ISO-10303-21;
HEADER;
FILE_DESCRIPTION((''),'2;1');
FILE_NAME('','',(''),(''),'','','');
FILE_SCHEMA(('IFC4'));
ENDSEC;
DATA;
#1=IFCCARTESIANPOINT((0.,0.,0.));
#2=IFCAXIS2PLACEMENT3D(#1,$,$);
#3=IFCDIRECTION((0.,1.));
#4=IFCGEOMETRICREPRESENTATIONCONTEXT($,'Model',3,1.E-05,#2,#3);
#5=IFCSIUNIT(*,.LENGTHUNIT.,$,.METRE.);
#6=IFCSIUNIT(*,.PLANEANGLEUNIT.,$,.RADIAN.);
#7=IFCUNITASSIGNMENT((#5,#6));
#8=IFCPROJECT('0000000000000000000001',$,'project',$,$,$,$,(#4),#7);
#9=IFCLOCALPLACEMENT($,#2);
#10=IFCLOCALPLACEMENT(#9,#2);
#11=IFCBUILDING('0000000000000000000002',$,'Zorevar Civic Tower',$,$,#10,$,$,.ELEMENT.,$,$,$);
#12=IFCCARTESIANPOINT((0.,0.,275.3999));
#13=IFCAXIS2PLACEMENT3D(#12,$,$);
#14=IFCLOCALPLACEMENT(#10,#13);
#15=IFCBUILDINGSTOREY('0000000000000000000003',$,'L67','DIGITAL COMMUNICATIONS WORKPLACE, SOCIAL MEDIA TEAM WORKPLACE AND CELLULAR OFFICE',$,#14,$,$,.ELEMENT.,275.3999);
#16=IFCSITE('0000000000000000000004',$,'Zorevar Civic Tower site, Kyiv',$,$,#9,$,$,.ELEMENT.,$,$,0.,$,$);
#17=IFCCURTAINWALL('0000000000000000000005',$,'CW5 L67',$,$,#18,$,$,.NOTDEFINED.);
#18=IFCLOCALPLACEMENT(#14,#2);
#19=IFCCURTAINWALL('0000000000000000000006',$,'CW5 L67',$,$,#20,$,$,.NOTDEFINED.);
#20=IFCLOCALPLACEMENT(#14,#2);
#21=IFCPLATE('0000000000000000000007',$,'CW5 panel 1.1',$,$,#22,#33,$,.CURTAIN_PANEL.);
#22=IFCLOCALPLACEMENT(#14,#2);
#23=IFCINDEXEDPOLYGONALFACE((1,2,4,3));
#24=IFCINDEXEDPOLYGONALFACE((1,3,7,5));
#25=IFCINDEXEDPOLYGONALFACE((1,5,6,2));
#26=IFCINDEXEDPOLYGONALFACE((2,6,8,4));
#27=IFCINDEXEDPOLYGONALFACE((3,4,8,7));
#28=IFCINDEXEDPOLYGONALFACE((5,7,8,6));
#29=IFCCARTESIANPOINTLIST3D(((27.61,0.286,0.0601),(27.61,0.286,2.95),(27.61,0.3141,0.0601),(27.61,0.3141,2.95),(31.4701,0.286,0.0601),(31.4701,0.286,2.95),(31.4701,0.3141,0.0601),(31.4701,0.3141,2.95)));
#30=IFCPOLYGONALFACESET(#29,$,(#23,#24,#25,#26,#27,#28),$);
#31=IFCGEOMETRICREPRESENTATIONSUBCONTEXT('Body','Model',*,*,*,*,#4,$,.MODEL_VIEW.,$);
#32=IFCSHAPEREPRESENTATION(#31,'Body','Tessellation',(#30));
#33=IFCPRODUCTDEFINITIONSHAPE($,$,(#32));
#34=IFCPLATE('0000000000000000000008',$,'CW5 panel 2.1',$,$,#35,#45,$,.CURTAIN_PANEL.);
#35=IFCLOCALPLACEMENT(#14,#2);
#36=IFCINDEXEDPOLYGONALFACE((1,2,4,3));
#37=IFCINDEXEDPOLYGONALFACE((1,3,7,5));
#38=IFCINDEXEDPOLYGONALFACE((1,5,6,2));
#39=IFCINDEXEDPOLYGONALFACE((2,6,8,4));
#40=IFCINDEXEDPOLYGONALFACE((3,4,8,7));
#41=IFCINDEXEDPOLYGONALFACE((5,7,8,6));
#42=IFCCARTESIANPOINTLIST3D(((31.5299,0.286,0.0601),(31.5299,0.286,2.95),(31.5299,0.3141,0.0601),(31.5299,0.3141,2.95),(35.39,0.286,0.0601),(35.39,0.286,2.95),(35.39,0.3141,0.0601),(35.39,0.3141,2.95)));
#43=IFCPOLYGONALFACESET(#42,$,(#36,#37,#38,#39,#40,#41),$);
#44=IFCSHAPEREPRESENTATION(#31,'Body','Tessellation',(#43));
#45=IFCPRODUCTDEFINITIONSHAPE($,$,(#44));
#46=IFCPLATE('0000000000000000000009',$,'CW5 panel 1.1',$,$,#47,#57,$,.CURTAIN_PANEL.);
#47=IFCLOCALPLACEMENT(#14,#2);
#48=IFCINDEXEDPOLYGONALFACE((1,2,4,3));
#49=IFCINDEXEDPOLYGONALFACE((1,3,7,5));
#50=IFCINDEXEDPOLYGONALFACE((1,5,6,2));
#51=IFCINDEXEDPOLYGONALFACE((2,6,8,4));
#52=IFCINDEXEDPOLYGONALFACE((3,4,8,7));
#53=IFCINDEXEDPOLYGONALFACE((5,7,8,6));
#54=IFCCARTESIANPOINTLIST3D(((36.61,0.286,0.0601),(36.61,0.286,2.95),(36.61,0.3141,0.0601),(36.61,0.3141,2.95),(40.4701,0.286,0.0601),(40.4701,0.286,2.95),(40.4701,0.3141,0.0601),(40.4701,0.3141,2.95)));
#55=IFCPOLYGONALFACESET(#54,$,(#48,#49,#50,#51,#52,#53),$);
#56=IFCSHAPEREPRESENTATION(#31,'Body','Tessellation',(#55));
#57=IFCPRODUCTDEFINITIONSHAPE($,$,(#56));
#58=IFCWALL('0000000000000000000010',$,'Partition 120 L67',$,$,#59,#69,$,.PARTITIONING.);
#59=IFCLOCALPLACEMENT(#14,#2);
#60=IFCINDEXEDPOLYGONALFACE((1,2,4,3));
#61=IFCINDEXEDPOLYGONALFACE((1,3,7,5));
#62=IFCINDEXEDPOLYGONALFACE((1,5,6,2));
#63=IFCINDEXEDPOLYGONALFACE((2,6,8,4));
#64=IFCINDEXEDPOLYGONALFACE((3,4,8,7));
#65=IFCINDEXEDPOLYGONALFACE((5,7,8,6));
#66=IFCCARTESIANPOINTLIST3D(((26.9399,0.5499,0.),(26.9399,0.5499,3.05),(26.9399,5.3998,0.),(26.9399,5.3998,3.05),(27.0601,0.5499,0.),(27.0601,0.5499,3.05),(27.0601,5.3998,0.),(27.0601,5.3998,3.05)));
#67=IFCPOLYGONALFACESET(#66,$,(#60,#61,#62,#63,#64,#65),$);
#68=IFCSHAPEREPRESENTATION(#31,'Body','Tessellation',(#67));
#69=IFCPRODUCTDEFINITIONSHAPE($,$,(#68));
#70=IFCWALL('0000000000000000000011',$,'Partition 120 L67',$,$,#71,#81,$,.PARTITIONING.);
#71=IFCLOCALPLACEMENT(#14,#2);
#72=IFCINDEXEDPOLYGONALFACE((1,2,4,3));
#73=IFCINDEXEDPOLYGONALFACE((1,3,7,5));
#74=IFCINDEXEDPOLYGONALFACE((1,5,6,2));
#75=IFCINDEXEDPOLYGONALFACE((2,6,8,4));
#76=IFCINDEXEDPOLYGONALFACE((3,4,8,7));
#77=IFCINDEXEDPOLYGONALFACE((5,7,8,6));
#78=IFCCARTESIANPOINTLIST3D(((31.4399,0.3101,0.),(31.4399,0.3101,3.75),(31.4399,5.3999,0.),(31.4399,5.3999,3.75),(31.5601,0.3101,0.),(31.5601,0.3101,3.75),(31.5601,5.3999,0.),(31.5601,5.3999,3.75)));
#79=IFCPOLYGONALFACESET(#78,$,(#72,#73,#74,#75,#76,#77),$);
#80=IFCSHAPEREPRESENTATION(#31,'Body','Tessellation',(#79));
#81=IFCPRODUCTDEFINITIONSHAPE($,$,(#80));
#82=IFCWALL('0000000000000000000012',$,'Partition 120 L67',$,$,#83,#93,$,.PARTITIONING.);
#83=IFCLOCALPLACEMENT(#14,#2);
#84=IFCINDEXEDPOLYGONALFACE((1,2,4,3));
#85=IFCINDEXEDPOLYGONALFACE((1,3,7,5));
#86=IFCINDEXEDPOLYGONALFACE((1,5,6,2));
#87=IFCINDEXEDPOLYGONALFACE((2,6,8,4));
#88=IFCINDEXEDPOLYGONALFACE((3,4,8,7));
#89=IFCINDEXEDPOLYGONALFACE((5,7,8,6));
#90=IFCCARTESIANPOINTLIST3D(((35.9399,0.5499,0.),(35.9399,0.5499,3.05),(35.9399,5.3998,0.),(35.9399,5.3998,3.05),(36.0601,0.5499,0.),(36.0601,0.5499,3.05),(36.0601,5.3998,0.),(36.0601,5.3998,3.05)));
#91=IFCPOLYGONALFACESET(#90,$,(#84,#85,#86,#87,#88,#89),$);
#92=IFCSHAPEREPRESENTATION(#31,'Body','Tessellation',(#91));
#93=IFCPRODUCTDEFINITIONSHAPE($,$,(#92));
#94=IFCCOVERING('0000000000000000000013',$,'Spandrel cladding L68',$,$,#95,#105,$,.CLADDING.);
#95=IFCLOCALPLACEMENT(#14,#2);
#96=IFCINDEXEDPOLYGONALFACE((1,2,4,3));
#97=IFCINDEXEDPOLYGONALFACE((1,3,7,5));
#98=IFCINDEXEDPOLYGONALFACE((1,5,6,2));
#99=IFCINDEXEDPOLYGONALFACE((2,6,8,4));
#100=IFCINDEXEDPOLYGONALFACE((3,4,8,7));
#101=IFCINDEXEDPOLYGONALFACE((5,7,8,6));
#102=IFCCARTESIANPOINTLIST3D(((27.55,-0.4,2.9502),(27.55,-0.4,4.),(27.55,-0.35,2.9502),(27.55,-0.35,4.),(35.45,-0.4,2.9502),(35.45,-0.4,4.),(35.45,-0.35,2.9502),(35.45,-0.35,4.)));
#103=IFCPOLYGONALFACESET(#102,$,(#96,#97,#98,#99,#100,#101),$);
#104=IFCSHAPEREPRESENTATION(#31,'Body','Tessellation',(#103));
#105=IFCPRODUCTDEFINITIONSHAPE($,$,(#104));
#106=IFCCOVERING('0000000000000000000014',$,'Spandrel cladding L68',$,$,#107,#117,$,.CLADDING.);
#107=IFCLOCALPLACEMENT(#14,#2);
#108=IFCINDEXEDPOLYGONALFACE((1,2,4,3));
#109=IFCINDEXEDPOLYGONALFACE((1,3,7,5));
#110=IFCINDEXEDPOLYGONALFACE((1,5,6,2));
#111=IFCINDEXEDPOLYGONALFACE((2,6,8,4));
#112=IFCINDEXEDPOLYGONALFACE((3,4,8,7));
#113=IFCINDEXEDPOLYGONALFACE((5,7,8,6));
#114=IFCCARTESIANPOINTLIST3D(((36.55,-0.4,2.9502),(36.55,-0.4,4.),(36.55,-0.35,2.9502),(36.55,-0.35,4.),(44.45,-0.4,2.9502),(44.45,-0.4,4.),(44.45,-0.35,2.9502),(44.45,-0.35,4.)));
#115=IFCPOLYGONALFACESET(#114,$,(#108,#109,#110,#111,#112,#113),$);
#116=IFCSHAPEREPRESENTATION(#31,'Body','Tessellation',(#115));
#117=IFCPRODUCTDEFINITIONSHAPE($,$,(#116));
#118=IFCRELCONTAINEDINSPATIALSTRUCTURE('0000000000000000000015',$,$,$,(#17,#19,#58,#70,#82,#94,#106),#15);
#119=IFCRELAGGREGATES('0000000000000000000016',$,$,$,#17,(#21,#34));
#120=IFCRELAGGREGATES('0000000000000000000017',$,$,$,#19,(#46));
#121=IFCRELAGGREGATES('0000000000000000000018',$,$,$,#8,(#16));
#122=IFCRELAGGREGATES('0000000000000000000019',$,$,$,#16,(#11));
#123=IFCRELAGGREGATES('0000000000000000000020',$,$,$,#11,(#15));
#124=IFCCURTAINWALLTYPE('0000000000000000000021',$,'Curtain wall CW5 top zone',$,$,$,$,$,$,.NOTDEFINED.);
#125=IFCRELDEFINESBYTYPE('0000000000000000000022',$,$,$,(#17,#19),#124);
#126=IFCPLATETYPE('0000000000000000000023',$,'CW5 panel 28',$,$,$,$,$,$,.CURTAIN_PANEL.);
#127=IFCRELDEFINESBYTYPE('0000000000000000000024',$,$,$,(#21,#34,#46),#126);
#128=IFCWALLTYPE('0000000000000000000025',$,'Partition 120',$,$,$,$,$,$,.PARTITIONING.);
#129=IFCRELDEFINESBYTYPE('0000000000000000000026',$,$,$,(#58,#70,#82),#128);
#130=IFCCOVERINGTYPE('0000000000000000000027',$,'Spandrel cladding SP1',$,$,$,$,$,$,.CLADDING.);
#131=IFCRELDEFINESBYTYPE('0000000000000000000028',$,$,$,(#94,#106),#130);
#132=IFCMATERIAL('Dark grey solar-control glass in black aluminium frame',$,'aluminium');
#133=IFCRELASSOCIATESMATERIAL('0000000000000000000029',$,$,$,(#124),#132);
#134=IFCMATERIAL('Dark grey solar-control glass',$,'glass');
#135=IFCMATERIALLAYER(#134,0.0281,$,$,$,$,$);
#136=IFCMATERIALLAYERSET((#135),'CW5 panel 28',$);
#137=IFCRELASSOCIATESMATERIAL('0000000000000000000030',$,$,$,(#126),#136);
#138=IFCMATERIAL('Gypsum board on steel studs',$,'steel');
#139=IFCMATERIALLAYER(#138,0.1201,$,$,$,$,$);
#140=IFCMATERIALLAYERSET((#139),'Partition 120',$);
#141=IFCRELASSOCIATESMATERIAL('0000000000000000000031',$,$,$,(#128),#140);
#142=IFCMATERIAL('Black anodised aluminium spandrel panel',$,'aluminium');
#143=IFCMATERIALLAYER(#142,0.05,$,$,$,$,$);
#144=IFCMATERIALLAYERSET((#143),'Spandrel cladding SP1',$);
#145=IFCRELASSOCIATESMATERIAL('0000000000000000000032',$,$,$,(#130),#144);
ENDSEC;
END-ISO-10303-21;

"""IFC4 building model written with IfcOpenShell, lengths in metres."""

from ifc_helpers import new_model, si_unit, direction, frame, frame_2d, origin, origin_2d, place, context, subcontext, project, spatial, rectangle, extrude, material, layer, layer_set, type_object, element, aggregate, save


model = new_model("IFC4")

# Units and contexts
model_context = context("Model", 3, precision=1e-05, world=origin(), true_north=direction((0.0, 1.0)))
body_context = subcontext(model_context, "Body", "Model", "MODEL_VIEW")
ifc_project = project(units=[si_unit("LENGTHUNIT", "METRE"), si_unit("PLANEANGLEUNIT", "RADIAN")], contexts=[model_context])

# Site, building, storey
site_placement = place(None, origin())
site = spatial("IfcSite", under=ifc_project, at=site_placement, Name="Zorevar Civic Tower site, Kyiv", CompositionType="ELEMENT", RefElevation=0.0)
building_placement = place(site_placement, origin())
building = spatial("IfcBuilding", under=site, at=building_placement, Name="Zorevar Civic Tower", CompositionType="ELEMENT")
storey_placement = place(building_placement, frame((0.0, 0.0, 275.3999)))
storey = spatial("IfcBuildingStorey", under=building, at=storey_placement, Name="L67", Description="DIGITAL COMMUNICATIONS WORKPLACE, SOCIAL MEDIA TEAM WORKPLACE AND CELLULAR OFFICE", CompositionType="ELEMENT", Elevation=275.3999)

# Curtain walls
ifc_material_1 = material(Name="Dark grey solar-control glass in black aluminium frame", Category="aluminium")
curtain_wall_type = type_object("IfcCurtainWallType", Name="Curtain wall CW5 top zone", PredefinedType="NOTDEFINED", material=ifc_material_1)
curtain_wall_1_placement = place(storey_placement, origin())
curtain_wall_1 = element("IfcCurtainWall", 1, at=curtain_wall_1_placement, inside=storey, type_object=curtain_wall_type, Name="CW5 L67", PredefinedType="NOTDEFINED")
curtain_wall_2_placement = place(storey_placement, origin())
curtain_wall_2 = element("IfcCurtainWall", 2, at=curtain_wall_2_placement, inside=storey, type_object=curtain_wall_type, Name="CW5 L67", PredefinedType="NOTDEFINED")

# Plates
ifc_material_2 = material(Name="Dark grey solar-control glass", Category="glass")
ifc_layer_1 = layer(ifc_material_2, 0.0281)
ifc_layer_set_1 = layer_set([ifc_layer_1], Name="CW5 panel 28")
plate_type = type_object("IfcPlateType", Name="CW5 panel 28", PredefinedType="CURTAIN_PANEL", material=ifc_layer_set_1)
plate_1_placement = place(storey_placement, frame((29.54, 0.3, 0.0601), z_axis=(0.0, 0.0, 1.0), x_axis=(1.0, 0.0, 0.0)))
plate_1 = element("IfcPlate", 3, at=plate_1_placement, type_object=plate_type, Name="CW5 panel 1.1", PredefinedType="CURTAIN_PANEL", context=body_context, shape_type="SweptSolid", body=[
    extrude(rectangle(XDim=3.8601, YDim=0.0281, at=origin_2d()), origin(), (0.0, 0.0, 1.0), 2.8899),
])
plate_2_placement = place(storey_placement, frame((33.46, 0.3, 0.0601), z_axis=(0.0, 0.0, 1.0), x_axis=(1.0, 0.0, 0.0)))
plate_2 = element("IfcPlate", 4, at=plate_2_placement, type_object=plate_type, Name="CW5 panel 2.1", PredefinedType="CURTAIN_PANEL", context=body_context, shape_type="SweptSolid", body=[
    extrude(rectangle(XDim=3.8601, YDim=0.0281, at=origin_2d()), origin(), (0.0, 0.0, 1.0), 2.8899),
])
aggregate(curtain_wall_1, [plate_1, plate_2])
plate_3_placement = place(storey_placement, frame((38.54, 0.3, 0.0601), z_axis=(0.0, 0.0, 1.0), x_axis=(1.0, 0.0, 0.0)))
plate_3 = element("IfcPlate", 5, at=plate_3_placement, type_object=plate_type, Name="CW5 panel 1.1", PredefinedType="CURTAIN_PANEL", context=body_context, shape_type="SweptSolid", body=[
    extrude(rectangle(XDim=3.8601, YDim=0.0281, at=origin_2d()), origin(), (0.0, 0.0, 1.0), 2.8899),
])
aggregate(curtain_wall_2, [plate_3])

# Walls
ifc_material_3 = material(Name="Gypsum board on steel studs", Category="steel")
ifc_layer_2 = layer(ifc_material_3, 0.1201)
ifc_layer_set_2 = layer_set([ifc_layer_2], Name="Partition 120")
wall_type = type_object("IfcWallType", Name="Partition 120", PredefinedType="PARTITIONING", material=ifc_layer_set_2)
wall_1_placement = place(storey_placement, frame((27.0, 0.55, 0.0), z_axis=(0.0, 0.0, 1.0), x_axis=(0.0, 1.0, 0.0)))
element("IfcWall", 6, at=wall_1_placement, inside=storey, type_object=wall_type, Name="Partition 120 L67", PredefinedType="PARTITIONING", context=body_context, shape_type="SweptSolid", body=[
    extrude(rectangle(XDim=4.8499, YDim=0.1201, at=frame_2d((2.4248, 0.0))), origin(), (0.0, 0.0, 1.0), 3.05),
])
wall_2_placement = place(storey_placement, frame((31.5, 0.3101, 0.0), z_axis=(0.0, 0.0, 1.0), x_axis=(0.0, 1.0, 0.0)))
element("IfcWall", 7, at=wall_2_placement, inside=storey, type_object=wall_type, Name="Partition 120 L67", PredefinedType="PARTITIONING", context=body_context, shape_type="SweptSolid", body=[
    extrude(rectangle(XDim=5.0898, YDim=0.1201, at=frame_2d((2.5449, 0.0))), origin(), (0.0, 0.0, 1.0), 3.75),
])
wall_3_placement = place(storey_placement, frame((36.0, 0.55, 0.0), z_axis=(0.0, 0.0, 1.0), x_axis=(0.0, 1.0, 0.0)))
element("IfcWall", 8, at=wall_3_placement, inside=storey, type_object=wall_type, Name="Partition 120 L67", PredefinedType="PARTITIONING", context=body_context, shape_type="SweptSolid", body=[
    extrude(rectangle(XDim=4.8499, YDim=0.1201, at=frame_2d((2.4248, 0.0))), origin(), (0.0, 0.0, 1.0), 3.05),
])

# Coverings
ifc_material_4 = material(Name="Black anodised aluminium spandrel panel", Category="aluminium")
ifc_layer_3 = layer(ifc_material_4, 0.05)
ifc_layer_set_3 = layer_set([ifc_layer_3], Name="Spandrel cladding SP1")
covering_type = type_object("IfcCoveringType", Name="Spandrel cladding SP1", PredefinedType="CLADDING", material=ifc_layer_set_3)
for number, where, z_axis, x_axis, name in (
    (9, (27.55, -0.375, 2.9502), (0.0, 0.0, 1.0), (1.0, 0.0, 0.0), "Spandrel cladding L68"),
    (10, (36.55, -0.375, 2.9502), (0.0, 0.0, 1.0), (1.0, 0.0, 0.0), "Spandrel cladding L68"),
):
    element("IfcCovering", number, at=place(storey_placement, frame(where, z_axis=z_axis, x_axis=x_axis)), inside=storey, type_object=covering_type, Name=name, PredefinedType="CLADDING", context=body_context, shape_type="SweptSolid", body=[
        extrude(rectangle(XDim=7.8999, YDim=0.05, at=frame_2d((3.95, 0.0))), origin(), (0.0, 0.0, 1.0), 1.0498),
    ])

save(model, "model.ifc")
